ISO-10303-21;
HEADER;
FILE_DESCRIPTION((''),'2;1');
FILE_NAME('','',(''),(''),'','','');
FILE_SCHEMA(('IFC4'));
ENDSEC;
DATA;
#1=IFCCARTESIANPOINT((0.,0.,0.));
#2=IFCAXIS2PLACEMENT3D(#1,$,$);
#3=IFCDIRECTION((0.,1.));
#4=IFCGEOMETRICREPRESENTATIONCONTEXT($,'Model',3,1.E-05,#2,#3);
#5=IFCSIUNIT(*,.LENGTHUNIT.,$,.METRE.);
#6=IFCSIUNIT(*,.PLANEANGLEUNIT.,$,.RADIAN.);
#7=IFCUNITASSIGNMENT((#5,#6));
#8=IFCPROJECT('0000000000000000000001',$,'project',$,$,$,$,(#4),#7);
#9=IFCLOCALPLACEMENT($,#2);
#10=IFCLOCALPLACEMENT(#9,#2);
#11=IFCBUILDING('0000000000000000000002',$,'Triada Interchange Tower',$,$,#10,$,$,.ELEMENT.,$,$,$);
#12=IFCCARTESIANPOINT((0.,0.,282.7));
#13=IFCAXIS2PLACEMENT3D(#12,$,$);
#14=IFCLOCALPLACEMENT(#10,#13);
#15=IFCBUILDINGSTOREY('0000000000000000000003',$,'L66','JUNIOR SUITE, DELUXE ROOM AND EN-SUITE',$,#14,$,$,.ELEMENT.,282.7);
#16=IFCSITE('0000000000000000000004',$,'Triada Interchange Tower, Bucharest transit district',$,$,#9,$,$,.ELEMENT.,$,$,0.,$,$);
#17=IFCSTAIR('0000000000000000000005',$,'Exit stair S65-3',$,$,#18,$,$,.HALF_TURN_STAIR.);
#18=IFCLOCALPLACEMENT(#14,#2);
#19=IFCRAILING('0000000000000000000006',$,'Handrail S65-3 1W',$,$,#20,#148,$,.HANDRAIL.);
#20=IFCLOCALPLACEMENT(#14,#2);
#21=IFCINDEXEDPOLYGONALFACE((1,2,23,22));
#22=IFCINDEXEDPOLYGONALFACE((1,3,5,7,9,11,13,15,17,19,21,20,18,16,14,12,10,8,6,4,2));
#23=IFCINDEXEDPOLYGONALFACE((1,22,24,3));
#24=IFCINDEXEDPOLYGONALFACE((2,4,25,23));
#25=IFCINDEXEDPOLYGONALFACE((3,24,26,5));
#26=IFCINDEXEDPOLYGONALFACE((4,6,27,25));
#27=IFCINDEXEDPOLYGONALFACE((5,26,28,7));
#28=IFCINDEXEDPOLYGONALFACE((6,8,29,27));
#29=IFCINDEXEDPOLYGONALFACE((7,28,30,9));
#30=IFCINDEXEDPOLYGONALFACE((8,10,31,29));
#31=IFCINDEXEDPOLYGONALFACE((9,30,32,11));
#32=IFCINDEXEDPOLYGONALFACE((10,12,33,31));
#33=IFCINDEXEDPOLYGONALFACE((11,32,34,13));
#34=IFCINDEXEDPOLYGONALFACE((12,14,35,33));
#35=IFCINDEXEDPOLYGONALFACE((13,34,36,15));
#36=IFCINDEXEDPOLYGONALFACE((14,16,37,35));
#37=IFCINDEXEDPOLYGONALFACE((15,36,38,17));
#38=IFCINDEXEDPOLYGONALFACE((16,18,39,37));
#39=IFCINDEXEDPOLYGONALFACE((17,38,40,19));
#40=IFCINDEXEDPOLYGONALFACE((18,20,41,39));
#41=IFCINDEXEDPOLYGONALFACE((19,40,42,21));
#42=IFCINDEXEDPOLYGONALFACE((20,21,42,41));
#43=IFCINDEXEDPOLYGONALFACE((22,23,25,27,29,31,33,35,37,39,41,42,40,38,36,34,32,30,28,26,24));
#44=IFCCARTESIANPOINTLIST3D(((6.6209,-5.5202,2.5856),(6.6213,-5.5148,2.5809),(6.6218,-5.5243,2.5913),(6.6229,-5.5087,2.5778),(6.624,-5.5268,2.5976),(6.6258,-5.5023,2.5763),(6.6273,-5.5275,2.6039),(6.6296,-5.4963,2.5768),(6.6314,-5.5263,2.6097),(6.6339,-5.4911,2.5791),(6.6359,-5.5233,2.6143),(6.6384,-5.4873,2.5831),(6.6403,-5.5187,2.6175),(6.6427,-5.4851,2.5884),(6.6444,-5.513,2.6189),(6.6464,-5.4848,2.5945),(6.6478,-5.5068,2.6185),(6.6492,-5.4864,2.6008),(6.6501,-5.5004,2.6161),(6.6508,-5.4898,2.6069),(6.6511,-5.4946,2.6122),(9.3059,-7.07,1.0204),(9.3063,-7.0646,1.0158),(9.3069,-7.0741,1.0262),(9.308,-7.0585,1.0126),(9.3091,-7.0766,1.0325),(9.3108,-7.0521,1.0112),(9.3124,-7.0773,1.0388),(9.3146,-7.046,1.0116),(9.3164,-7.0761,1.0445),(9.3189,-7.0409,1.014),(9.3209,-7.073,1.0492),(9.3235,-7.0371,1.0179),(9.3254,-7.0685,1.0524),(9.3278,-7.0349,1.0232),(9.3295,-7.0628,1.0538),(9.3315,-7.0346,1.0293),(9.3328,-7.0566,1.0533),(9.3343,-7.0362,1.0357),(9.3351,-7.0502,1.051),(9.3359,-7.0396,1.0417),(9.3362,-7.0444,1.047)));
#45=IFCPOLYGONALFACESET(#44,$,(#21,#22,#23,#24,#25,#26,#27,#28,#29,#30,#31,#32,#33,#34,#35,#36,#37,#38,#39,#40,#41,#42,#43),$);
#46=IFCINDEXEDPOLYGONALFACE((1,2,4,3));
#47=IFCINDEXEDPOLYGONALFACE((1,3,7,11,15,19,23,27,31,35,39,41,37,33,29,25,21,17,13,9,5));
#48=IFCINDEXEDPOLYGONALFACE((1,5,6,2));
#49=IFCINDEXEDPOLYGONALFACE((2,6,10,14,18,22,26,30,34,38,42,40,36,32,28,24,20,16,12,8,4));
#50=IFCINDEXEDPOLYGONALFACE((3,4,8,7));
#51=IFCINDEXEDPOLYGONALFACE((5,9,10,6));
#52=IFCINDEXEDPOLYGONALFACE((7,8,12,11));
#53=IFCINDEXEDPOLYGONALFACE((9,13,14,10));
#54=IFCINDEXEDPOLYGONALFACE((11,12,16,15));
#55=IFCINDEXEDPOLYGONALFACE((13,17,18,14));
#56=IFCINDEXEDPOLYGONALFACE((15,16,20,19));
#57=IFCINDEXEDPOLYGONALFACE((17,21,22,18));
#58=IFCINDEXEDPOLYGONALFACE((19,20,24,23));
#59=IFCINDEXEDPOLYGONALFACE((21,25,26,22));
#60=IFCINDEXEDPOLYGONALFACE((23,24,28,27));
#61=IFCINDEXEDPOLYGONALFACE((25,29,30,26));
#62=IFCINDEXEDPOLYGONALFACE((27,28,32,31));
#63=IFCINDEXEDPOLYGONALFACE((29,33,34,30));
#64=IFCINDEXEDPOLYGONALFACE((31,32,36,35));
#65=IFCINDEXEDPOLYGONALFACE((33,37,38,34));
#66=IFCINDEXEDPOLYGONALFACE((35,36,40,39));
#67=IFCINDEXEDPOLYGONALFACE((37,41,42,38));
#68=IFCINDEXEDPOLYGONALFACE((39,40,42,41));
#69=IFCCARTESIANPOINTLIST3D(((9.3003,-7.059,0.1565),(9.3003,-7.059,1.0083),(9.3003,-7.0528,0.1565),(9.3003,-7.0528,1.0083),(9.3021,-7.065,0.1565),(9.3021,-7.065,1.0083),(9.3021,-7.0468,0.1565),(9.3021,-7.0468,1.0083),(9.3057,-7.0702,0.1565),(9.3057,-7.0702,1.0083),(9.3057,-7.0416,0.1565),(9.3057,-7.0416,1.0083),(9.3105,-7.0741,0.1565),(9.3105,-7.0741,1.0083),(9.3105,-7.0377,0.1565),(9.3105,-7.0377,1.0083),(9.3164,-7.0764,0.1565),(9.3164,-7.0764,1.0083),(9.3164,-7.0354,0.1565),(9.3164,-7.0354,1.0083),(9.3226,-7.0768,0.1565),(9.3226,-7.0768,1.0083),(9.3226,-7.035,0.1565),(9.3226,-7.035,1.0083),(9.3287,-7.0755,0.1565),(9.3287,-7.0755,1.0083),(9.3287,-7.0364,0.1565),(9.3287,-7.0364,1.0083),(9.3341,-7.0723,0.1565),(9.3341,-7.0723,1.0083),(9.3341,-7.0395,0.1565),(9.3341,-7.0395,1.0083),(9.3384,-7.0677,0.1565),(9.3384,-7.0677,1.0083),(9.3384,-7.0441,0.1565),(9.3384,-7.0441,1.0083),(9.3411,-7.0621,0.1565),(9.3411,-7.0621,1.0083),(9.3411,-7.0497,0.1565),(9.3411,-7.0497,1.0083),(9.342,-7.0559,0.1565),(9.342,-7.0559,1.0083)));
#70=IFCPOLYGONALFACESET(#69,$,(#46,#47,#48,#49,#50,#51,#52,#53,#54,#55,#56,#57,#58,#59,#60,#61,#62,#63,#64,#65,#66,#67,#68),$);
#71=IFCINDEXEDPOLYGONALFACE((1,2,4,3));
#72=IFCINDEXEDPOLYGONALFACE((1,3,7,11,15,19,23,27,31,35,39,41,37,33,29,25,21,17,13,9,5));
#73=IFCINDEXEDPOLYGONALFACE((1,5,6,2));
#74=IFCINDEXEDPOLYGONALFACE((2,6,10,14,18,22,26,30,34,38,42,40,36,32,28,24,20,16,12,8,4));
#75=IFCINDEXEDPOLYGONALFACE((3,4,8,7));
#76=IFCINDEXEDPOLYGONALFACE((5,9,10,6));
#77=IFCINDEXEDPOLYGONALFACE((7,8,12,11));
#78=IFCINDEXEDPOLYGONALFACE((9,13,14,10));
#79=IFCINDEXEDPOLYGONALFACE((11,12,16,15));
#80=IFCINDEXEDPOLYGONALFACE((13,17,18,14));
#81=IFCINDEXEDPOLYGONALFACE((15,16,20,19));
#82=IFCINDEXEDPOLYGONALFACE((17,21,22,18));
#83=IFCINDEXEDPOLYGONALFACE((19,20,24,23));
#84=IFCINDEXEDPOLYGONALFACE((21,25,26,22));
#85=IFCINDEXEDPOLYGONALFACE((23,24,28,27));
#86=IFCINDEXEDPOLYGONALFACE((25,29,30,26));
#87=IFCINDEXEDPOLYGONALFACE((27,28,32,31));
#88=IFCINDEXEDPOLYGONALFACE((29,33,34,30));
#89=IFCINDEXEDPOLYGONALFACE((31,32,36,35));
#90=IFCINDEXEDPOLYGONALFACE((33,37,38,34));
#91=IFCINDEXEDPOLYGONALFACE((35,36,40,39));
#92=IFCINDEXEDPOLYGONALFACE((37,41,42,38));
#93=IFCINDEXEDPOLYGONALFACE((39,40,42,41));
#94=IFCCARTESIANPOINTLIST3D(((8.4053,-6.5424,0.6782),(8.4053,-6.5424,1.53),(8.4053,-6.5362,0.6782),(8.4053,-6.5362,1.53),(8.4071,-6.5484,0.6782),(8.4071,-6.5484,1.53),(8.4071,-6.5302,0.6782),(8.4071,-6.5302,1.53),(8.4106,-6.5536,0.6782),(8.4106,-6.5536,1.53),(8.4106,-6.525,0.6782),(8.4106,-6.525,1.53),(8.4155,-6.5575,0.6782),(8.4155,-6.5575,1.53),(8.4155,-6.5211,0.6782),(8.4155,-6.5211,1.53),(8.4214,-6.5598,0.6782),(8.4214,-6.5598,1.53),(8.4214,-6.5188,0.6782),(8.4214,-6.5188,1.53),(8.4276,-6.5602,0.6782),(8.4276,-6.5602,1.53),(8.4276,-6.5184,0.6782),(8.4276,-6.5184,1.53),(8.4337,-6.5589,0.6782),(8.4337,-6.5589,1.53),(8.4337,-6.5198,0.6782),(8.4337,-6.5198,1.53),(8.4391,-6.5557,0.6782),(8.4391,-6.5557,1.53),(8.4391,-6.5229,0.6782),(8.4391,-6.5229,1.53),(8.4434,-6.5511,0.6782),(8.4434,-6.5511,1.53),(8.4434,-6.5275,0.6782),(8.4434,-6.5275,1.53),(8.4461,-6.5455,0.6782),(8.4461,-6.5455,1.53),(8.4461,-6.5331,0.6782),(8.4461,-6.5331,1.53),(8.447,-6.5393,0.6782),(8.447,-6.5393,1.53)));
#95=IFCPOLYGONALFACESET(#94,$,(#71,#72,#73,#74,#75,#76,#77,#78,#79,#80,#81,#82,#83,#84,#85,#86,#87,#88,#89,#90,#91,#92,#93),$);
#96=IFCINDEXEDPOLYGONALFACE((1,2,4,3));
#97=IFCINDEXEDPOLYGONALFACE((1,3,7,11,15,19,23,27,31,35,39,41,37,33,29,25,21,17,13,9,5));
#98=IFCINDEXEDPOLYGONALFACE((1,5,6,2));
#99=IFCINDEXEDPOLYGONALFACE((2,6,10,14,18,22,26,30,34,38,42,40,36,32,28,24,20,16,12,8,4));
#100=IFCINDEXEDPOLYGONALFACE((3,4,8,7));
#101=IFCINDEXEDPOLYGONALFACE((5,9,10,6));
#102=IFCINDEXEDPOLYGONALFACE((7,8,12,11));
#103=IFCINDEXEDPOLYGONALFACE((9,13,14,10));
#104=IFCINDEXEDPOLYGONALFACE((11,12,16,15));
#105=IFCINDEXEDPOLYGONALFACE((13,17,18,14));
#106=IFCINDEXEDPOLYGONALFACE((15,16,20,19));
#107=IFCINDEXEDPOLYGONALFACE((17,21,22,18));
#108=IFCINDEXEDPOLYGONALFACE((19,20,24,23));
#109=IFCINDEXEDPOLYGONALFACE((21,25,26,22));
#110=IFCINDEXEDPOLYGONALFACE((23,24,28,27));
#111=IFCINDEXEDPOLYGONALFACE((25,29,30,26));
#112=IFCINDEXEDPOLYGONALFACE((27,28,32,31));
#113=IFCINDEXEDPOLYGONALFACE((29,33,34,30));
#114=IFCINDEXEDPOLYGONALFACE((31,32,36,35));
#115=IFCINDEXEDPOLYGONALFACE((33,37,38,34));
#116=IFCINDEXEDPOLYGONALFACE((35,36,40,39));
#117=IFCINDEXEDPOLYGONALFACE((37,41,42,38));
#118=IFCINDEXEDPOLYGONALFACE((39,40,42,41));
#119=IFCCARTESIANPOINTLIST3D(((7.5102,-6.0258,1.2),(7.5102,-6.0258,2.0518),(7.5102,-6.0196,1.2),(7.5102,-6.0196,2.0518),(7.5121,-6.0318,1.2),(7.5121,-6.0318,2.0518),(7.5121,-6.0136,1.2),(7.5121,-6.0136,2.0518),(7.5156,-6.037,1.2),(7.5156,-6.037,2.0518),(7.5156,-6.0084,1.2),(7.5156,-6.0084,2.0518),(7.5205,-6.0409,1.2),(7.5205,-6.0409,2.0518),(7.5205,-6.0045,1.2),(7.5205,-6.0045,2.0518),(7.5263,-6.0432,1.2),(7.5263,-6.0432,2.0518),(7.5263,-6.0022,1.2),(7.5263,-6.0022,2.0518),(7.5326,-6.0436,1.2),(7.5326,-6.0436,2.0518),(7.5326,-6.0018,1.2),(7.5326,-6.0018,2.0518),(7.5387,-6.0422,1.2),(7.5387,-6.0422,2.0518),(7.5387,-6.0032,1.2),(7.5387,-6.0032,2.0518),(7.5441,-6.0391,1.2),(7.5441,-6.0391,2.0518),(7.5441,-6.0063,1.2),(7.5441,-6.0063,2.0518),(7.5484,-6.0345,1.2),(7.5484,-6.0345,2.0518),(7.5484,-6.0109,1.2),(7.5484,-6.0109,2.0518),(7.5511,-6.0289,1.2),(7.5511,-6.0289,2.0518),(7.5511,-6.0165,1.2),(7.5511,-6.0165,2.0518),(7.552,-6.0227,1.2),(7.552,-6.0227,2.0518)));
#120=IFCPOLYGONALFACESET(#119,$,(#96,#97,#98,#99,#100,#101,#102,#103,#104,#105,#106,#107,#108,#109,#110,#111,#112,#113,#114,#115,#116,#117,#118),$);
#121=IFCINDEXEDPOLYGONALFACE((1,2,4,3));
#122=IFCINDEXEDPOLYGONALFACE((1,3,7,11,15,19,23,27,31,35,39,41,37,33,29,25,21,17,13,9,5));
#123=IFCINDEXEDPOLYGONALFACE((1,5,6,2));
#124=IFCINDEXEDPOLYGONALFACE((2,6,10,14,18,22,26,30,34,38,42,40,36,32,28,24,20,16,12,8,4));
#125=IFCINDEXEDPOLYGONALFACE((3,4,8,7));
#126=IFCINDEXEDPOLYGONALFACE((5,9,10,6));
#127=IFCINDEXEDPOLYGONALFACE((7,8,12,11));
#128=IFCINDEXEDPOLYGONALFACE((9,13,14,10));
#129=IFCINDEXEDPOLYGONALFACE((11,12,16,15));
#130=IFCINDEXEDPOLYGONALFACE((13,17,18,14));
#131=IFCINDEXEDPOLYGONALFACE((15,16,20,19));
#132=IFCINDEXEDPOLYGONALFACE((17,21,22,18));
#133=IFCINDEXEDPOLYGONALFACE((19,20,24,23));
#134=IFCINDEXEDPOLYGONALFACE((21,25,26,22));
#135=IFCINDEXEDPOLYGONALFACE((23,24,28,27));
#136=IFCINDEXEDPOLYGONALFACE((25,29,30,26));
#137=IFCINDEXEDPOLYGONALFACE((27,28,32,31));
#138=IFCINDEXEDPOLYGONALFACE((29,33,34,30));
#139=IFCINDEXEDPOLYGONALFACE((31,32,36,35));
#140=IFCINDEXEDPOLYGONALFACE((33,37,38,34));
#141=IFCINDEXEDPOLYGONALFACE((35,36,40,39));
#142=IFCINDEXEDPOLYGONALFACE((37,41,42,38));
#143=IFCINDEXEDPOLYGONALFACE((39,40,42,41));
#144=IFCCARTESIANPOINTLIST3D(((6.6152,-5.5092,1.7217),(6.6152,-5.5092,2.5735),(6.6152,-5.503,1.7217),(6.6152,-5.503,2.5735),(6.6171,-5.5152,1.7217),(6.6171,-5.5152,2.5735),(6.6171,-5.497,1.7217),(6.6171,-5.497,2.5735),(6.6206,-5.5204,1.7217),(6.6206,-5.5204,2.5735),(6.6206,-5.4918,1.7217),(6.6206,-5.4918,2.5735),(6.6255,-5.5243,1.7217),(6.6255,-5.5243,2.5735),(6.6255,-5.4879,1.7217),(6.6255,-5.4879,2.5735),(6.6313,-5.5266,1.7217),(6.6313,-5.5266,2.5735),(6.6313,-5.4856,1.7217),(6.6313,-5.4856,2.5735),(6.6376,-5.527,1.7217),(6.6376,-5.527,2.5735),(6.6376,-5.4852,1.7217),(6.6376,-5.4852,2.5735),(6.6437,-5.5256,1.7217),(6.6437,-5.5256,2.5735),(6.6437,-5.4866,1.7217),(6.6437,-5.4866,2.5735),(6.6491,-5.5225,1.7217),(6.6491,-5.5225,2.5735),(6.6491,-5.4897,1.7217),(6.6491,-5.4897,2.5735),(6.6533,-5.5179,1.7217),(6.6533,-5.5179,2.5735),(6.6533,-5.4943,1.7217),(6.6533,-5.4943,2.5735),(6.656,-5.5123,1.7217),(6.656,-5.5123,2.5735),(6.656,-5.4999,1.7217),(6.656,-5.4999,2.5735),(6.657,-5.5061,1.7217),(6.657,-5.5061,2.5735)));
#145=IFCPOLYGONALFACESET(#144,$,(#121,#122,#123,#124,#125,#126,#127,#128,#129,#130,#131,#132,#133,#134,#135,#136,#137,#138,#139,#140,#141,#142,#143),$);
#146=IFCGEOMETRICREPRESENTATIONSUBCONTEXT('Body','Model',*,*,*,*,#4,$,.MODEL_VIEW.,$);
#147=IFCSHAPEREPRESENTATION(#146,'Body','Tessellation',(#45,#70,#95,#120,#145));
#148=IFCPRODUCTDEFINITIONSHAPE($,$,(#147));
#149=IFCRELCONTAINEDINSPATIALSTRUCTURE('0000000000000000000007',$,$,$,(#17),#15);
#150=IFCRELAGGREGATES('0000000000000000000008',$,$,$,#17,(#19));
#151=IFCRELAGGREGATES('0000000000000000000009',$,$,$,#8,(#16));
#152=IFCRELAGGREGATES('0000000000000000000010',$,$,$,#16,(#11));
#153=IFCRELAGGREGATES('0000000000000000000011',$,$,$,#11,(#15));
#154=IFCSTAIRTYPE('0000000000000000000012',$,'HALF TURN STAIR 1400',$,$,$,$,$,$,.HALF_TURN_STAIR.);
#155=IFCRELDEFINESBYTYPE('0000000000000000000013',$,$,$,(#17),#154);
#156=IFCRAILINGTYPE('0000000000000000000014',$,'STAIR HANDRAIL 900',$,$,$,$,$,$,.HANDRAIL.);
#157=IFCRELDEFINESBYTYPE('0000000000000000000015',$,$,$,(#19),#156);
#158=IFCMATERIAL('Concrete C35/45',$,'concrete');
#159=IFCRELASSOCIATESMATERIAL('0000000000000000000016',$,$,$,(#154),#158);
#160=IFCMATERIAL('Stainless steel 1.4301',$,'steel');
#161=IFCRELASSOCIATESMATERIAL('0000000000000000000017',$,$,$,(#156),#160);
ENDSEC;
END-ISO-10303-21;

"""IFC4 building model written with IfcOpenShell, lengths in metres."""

from ifc_helpers import new_model, si_unit, direction, frame, origin, origin_2d, place, context, subcontext, project, spatial, circle, extrude, material, type_object, element, aggregate, save


model = new_model("IFC4")

# Units and contexts
model_context = context("Model", 3, precision=1e-05, world=origin(), true_north=direction((0.0, 1.0)))
body_context = subcontext(model_context, "Body", "Model", "MODEL_VIEW")
ifc_project = project(units=[si_unit("LENGTHUNIT", "METRE"), si_unit("PLANEANGLEUNIT", "RADIAN")], contexts=[model_context])

# Site, building, storey
site_placement = place(None, origin())
site = spatial("IfcSite", under=ifc_project, at=site_placement, Name="Triada Interchange Tower, Bucharest transit district", CompositionType="ELEMENT", RefElevation=0.0)
building_placement = place(site_placement, origin())
building = spatial("IfcBuilding", under=site, at=building_placement, Name="Triada Interchange Tower", CompositionType="ELEMENT")
storey_placement = place(building_placement, frame((0.0, 0.0, 282.7)))
storey = spatial("IfcBuildingStorey", under=building, at=storey_placement, Name="L66", Description="JUNIOR SUITE, DELUXE ROOM AND EN-SUITE", CompositionType="ELEMENT", Elevation=282.7)

# Stair, railing
ifc_material_1 = material(Name="Concrete C35/45", Category="concrete")
stair_type = type_object("IfcStairType", Name="HALF TURN STAIR 1400", PredefinedType="HALF_TURN_STAIR", material=ifc_material_1)
stair_placement = place(storey_placement, origin())
stair = element("IfcStair", 1, at=stair_placement, inside=storey, type_object=stair_type, Name="Exit stair S65-3", PredefinedType="HALF_TURN_STAIR")
ifc_material_2 = material(Name="Stainless steel 1.4301", Category="steel")
railing_type = type_object("IfcRailingType", Name="STAIR HANDRAIL 900", PredefinedType="HANDRAIL", material=ifc_material_2)
railing_1_placement = place(storey_placement, frame((9.321, -7.0559, 0.1565)))
railing_1 = element("IfcRailing", 2, at=railing_1_placement, type_object=railing_type, Name="Handrail S65-3 1W", PredefinedType="HANDRAIL", context=body_context, shape_type="SweptSolid", body=[
    extrude(circle(Radius=0.0239, at=origin_2d()), frame((0.0, 0.0, 0.876), z_axis=(-0.773139, 0.446253, 0.450682), x_axis=(-0.4999, -0.866083, 0.0)), (0.0, 0.0, 1.0), 3.4729),
    extrude(circle(Radius=0.021, at=origin_2d()), origin(), (0.0, 0.0, 1.0), 0.8518),
    extrude(circle(Radius=0.021, at=origin_2d()), frame((-0.895, 0.5166, 0.5217)), (0.0, 0.0, 1.0), 0.8518),
    extrude(circle(Radius=0.021, at=origin_2d()), frame((-1.79, 1.0332, 1.0435)), (0.0, 0.0, 1.0), 0.8518),
    extrude(circle(Radius=0.021, at=origin_2d()), frame((-2.6851, 1.5498, 1.5652)), (0.0, 0.0, 1.0), 0.8518),
])
aggregate(stair, [railing_1])

save(model, "model.ifc")
